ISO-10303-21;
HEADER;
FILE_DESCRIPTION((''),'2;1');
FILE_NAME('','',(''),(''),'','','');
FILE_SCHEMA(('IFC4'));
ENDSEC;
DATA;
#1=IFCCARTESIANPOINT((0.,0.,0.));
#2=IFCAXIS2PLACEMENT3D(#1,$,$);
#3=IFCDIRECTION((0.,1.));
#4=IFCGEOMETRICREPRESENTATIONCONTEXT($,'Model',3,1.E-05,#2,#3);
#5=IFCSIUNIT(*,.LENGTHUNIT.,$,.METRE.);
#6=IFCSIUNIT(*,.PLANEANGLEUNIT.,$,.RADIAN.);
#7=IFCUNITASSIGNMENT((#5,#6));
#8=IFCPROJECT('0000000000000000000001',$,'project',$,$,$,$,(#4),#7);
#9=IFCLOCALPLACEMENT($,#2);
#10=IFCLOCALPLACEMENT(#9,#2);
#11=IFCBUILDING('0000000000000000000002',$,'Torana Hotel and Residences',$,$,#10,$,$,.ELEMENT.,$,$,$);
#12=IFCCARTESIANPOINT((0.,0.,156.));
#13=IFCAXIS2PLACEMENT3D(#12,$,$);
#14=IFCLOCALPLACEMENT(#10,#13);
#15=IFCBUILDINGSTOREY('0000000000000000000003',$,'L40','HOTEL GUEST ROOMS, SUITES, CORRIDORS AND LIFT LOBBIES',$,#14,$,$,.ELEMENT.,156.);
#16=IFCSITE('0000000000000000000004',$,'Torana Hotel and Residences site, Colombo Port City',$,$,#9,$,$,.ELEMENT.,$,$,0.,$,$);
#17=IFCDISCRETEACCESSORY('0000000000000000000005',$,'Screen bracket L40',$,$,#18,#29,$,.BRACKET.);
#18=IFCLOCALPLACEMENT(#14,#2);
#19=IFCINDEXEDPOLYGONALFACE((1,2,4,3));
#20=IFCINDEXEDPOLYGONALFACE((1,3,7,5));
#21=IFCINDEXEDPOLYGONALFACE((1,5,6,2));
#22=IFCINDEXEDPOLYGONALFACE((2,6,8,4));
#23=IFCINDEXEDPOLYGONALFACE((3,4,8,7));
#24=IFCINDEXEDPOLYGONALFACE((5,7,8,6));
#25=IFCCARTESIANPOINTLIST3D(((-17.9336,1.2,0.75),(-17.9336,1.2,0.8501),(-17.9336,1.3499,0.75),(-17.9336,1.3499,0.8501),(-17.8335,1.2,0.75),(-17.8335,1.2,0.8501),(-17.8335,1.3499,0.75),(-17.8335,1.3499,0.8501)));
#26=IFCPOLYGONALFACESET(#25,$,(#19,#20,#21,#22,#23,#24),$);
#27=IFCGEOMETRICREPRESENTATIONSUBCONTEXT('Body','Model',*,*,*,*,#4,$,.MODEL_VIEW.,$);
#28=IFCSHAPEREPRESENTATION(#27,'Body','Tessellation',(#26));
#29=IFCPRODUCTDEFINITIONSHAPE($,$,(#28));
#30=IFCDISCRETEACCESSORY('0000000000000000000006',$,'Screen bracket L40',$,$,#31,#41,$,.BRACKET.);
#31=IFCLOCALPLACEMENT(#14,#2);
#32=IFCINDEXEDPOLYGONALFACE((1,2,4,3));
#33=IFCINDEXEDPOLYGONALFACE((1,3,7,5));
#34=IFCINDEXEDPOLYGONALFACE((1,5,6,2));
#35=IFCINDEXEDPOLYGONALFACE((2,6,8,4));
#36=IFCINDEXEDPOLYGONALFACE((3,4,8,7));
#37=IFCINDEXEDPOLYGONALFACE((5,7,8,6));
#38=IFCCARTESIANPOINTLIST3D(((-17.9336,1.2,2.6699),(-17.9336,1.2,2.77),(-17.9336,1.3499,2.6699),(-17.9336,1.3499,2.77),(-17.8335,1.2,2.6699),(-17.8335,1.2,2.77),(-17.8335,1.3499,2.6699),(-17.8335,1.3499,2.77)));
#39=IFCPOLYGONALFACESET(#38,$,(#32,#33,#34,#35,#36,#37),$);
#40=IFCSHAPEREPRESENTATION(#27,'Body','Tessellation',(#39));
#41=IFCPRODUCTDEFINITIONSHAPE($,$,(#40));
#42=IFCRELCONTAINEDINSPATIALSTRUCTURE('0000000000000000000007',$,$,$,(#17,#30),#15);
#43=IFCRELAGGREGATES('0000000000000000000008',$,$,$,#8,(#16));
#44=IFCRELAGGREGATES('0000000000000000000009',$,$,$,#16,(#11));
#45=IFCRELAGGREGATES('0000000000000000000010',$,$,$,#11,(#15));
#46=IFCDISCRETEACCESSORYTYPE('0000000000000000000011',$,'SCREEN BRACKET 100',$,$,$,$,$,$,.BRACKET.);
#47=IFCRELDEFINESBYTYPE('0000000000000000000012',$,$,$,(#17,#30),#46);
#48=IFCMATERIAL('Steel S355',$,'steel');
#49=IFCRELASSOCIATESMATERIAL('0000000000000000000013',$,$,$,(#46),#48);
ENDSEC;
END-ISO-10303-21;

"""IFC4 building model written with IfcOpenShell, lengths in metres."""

from ifc_helpers import new_model, si_unit, direction, frame, origin, origin_2d, place, context, subcontext, project, spatial, rectangle, extrude, material, type_object, element, save


model = new_model("IFC4")

# Units and contexts
model_context = context("Model", 3, precision=1e-05, world=origin(), true_north=direction((0.0, 1.0)))
body_context = subcontext(model_context, "Body", "Model", "MODEL_VIEW")
ifc_project = project(units=[si_unit("LENGTHUNIT", "METRE"), si_unit("PLANEANGLEUNIT", "RADIAN")], contexts=[model_context])

# Site, building, storey
site_placement = place(None, origin())
site = spatial("IfcSite", under=ifc_project, at=site_placement, Name="Torana Hotel and Residences site, Colombo Port City", CompositionType="ELEMENT", RefElevation=0.0)
building_placement = place(site_placement, origin())
building = spatial("IfcBuilding", under=site, at=building_placement, Name="Torana Hotel and Residences", CompositionType="ELEMENT")
storey_placement = place(building_placement, frame((0.0, 0.0, 156.0)))
storey = spatial("IfcBuildingStorey", under=building, at=storey_placement, Name="L40", Description="HOTEL GUEST ROOMS, SUITES, CORRIDORS AND LIFT LOBBIES", CompositionType="ELEMENT", Elevation=156.0)

# Discrete accessories
ifc_material_1 = material(Name="Steel S355", Category="steel")
discrete_accessory_type = type_object("IfcDiscreteAccessoryType", Name="SCREEN BRACKET 100", PredefinedType="BRACKET", material=ifc_material_1)
for number, where, z_axis, x_axis, name in (
    (1, (-17.8835, 1.2749, 0.75), (0.0, 0.0, 1.0), (-1.0, 0.0, 0.0), "Screen bracket L40"),
    (2, (-17.8835, 1.2749, 2.6699), (0.0, 0.0, 1.0), (-1.0, 0.0, 0.0), "Screen bracket L40"),
):
    element("IfcDiscreteAccessory", number, at=place(storey_placement, frame(where, z_axis=z_axis, x_axis=x_axis)), inside=storey, type_object=discrete_accessory_type, Name=name, PredefinedType="BRACKET", context=body_context, shape_type="SweptSolid", body=[
        extrude(rectangle(XDim=0.1001, YDim=0.1499, at=origin_2d()), origin(), (0.0, 0.0, 1.0), 0.1001),
    ])

save(model, "model.ifc")
